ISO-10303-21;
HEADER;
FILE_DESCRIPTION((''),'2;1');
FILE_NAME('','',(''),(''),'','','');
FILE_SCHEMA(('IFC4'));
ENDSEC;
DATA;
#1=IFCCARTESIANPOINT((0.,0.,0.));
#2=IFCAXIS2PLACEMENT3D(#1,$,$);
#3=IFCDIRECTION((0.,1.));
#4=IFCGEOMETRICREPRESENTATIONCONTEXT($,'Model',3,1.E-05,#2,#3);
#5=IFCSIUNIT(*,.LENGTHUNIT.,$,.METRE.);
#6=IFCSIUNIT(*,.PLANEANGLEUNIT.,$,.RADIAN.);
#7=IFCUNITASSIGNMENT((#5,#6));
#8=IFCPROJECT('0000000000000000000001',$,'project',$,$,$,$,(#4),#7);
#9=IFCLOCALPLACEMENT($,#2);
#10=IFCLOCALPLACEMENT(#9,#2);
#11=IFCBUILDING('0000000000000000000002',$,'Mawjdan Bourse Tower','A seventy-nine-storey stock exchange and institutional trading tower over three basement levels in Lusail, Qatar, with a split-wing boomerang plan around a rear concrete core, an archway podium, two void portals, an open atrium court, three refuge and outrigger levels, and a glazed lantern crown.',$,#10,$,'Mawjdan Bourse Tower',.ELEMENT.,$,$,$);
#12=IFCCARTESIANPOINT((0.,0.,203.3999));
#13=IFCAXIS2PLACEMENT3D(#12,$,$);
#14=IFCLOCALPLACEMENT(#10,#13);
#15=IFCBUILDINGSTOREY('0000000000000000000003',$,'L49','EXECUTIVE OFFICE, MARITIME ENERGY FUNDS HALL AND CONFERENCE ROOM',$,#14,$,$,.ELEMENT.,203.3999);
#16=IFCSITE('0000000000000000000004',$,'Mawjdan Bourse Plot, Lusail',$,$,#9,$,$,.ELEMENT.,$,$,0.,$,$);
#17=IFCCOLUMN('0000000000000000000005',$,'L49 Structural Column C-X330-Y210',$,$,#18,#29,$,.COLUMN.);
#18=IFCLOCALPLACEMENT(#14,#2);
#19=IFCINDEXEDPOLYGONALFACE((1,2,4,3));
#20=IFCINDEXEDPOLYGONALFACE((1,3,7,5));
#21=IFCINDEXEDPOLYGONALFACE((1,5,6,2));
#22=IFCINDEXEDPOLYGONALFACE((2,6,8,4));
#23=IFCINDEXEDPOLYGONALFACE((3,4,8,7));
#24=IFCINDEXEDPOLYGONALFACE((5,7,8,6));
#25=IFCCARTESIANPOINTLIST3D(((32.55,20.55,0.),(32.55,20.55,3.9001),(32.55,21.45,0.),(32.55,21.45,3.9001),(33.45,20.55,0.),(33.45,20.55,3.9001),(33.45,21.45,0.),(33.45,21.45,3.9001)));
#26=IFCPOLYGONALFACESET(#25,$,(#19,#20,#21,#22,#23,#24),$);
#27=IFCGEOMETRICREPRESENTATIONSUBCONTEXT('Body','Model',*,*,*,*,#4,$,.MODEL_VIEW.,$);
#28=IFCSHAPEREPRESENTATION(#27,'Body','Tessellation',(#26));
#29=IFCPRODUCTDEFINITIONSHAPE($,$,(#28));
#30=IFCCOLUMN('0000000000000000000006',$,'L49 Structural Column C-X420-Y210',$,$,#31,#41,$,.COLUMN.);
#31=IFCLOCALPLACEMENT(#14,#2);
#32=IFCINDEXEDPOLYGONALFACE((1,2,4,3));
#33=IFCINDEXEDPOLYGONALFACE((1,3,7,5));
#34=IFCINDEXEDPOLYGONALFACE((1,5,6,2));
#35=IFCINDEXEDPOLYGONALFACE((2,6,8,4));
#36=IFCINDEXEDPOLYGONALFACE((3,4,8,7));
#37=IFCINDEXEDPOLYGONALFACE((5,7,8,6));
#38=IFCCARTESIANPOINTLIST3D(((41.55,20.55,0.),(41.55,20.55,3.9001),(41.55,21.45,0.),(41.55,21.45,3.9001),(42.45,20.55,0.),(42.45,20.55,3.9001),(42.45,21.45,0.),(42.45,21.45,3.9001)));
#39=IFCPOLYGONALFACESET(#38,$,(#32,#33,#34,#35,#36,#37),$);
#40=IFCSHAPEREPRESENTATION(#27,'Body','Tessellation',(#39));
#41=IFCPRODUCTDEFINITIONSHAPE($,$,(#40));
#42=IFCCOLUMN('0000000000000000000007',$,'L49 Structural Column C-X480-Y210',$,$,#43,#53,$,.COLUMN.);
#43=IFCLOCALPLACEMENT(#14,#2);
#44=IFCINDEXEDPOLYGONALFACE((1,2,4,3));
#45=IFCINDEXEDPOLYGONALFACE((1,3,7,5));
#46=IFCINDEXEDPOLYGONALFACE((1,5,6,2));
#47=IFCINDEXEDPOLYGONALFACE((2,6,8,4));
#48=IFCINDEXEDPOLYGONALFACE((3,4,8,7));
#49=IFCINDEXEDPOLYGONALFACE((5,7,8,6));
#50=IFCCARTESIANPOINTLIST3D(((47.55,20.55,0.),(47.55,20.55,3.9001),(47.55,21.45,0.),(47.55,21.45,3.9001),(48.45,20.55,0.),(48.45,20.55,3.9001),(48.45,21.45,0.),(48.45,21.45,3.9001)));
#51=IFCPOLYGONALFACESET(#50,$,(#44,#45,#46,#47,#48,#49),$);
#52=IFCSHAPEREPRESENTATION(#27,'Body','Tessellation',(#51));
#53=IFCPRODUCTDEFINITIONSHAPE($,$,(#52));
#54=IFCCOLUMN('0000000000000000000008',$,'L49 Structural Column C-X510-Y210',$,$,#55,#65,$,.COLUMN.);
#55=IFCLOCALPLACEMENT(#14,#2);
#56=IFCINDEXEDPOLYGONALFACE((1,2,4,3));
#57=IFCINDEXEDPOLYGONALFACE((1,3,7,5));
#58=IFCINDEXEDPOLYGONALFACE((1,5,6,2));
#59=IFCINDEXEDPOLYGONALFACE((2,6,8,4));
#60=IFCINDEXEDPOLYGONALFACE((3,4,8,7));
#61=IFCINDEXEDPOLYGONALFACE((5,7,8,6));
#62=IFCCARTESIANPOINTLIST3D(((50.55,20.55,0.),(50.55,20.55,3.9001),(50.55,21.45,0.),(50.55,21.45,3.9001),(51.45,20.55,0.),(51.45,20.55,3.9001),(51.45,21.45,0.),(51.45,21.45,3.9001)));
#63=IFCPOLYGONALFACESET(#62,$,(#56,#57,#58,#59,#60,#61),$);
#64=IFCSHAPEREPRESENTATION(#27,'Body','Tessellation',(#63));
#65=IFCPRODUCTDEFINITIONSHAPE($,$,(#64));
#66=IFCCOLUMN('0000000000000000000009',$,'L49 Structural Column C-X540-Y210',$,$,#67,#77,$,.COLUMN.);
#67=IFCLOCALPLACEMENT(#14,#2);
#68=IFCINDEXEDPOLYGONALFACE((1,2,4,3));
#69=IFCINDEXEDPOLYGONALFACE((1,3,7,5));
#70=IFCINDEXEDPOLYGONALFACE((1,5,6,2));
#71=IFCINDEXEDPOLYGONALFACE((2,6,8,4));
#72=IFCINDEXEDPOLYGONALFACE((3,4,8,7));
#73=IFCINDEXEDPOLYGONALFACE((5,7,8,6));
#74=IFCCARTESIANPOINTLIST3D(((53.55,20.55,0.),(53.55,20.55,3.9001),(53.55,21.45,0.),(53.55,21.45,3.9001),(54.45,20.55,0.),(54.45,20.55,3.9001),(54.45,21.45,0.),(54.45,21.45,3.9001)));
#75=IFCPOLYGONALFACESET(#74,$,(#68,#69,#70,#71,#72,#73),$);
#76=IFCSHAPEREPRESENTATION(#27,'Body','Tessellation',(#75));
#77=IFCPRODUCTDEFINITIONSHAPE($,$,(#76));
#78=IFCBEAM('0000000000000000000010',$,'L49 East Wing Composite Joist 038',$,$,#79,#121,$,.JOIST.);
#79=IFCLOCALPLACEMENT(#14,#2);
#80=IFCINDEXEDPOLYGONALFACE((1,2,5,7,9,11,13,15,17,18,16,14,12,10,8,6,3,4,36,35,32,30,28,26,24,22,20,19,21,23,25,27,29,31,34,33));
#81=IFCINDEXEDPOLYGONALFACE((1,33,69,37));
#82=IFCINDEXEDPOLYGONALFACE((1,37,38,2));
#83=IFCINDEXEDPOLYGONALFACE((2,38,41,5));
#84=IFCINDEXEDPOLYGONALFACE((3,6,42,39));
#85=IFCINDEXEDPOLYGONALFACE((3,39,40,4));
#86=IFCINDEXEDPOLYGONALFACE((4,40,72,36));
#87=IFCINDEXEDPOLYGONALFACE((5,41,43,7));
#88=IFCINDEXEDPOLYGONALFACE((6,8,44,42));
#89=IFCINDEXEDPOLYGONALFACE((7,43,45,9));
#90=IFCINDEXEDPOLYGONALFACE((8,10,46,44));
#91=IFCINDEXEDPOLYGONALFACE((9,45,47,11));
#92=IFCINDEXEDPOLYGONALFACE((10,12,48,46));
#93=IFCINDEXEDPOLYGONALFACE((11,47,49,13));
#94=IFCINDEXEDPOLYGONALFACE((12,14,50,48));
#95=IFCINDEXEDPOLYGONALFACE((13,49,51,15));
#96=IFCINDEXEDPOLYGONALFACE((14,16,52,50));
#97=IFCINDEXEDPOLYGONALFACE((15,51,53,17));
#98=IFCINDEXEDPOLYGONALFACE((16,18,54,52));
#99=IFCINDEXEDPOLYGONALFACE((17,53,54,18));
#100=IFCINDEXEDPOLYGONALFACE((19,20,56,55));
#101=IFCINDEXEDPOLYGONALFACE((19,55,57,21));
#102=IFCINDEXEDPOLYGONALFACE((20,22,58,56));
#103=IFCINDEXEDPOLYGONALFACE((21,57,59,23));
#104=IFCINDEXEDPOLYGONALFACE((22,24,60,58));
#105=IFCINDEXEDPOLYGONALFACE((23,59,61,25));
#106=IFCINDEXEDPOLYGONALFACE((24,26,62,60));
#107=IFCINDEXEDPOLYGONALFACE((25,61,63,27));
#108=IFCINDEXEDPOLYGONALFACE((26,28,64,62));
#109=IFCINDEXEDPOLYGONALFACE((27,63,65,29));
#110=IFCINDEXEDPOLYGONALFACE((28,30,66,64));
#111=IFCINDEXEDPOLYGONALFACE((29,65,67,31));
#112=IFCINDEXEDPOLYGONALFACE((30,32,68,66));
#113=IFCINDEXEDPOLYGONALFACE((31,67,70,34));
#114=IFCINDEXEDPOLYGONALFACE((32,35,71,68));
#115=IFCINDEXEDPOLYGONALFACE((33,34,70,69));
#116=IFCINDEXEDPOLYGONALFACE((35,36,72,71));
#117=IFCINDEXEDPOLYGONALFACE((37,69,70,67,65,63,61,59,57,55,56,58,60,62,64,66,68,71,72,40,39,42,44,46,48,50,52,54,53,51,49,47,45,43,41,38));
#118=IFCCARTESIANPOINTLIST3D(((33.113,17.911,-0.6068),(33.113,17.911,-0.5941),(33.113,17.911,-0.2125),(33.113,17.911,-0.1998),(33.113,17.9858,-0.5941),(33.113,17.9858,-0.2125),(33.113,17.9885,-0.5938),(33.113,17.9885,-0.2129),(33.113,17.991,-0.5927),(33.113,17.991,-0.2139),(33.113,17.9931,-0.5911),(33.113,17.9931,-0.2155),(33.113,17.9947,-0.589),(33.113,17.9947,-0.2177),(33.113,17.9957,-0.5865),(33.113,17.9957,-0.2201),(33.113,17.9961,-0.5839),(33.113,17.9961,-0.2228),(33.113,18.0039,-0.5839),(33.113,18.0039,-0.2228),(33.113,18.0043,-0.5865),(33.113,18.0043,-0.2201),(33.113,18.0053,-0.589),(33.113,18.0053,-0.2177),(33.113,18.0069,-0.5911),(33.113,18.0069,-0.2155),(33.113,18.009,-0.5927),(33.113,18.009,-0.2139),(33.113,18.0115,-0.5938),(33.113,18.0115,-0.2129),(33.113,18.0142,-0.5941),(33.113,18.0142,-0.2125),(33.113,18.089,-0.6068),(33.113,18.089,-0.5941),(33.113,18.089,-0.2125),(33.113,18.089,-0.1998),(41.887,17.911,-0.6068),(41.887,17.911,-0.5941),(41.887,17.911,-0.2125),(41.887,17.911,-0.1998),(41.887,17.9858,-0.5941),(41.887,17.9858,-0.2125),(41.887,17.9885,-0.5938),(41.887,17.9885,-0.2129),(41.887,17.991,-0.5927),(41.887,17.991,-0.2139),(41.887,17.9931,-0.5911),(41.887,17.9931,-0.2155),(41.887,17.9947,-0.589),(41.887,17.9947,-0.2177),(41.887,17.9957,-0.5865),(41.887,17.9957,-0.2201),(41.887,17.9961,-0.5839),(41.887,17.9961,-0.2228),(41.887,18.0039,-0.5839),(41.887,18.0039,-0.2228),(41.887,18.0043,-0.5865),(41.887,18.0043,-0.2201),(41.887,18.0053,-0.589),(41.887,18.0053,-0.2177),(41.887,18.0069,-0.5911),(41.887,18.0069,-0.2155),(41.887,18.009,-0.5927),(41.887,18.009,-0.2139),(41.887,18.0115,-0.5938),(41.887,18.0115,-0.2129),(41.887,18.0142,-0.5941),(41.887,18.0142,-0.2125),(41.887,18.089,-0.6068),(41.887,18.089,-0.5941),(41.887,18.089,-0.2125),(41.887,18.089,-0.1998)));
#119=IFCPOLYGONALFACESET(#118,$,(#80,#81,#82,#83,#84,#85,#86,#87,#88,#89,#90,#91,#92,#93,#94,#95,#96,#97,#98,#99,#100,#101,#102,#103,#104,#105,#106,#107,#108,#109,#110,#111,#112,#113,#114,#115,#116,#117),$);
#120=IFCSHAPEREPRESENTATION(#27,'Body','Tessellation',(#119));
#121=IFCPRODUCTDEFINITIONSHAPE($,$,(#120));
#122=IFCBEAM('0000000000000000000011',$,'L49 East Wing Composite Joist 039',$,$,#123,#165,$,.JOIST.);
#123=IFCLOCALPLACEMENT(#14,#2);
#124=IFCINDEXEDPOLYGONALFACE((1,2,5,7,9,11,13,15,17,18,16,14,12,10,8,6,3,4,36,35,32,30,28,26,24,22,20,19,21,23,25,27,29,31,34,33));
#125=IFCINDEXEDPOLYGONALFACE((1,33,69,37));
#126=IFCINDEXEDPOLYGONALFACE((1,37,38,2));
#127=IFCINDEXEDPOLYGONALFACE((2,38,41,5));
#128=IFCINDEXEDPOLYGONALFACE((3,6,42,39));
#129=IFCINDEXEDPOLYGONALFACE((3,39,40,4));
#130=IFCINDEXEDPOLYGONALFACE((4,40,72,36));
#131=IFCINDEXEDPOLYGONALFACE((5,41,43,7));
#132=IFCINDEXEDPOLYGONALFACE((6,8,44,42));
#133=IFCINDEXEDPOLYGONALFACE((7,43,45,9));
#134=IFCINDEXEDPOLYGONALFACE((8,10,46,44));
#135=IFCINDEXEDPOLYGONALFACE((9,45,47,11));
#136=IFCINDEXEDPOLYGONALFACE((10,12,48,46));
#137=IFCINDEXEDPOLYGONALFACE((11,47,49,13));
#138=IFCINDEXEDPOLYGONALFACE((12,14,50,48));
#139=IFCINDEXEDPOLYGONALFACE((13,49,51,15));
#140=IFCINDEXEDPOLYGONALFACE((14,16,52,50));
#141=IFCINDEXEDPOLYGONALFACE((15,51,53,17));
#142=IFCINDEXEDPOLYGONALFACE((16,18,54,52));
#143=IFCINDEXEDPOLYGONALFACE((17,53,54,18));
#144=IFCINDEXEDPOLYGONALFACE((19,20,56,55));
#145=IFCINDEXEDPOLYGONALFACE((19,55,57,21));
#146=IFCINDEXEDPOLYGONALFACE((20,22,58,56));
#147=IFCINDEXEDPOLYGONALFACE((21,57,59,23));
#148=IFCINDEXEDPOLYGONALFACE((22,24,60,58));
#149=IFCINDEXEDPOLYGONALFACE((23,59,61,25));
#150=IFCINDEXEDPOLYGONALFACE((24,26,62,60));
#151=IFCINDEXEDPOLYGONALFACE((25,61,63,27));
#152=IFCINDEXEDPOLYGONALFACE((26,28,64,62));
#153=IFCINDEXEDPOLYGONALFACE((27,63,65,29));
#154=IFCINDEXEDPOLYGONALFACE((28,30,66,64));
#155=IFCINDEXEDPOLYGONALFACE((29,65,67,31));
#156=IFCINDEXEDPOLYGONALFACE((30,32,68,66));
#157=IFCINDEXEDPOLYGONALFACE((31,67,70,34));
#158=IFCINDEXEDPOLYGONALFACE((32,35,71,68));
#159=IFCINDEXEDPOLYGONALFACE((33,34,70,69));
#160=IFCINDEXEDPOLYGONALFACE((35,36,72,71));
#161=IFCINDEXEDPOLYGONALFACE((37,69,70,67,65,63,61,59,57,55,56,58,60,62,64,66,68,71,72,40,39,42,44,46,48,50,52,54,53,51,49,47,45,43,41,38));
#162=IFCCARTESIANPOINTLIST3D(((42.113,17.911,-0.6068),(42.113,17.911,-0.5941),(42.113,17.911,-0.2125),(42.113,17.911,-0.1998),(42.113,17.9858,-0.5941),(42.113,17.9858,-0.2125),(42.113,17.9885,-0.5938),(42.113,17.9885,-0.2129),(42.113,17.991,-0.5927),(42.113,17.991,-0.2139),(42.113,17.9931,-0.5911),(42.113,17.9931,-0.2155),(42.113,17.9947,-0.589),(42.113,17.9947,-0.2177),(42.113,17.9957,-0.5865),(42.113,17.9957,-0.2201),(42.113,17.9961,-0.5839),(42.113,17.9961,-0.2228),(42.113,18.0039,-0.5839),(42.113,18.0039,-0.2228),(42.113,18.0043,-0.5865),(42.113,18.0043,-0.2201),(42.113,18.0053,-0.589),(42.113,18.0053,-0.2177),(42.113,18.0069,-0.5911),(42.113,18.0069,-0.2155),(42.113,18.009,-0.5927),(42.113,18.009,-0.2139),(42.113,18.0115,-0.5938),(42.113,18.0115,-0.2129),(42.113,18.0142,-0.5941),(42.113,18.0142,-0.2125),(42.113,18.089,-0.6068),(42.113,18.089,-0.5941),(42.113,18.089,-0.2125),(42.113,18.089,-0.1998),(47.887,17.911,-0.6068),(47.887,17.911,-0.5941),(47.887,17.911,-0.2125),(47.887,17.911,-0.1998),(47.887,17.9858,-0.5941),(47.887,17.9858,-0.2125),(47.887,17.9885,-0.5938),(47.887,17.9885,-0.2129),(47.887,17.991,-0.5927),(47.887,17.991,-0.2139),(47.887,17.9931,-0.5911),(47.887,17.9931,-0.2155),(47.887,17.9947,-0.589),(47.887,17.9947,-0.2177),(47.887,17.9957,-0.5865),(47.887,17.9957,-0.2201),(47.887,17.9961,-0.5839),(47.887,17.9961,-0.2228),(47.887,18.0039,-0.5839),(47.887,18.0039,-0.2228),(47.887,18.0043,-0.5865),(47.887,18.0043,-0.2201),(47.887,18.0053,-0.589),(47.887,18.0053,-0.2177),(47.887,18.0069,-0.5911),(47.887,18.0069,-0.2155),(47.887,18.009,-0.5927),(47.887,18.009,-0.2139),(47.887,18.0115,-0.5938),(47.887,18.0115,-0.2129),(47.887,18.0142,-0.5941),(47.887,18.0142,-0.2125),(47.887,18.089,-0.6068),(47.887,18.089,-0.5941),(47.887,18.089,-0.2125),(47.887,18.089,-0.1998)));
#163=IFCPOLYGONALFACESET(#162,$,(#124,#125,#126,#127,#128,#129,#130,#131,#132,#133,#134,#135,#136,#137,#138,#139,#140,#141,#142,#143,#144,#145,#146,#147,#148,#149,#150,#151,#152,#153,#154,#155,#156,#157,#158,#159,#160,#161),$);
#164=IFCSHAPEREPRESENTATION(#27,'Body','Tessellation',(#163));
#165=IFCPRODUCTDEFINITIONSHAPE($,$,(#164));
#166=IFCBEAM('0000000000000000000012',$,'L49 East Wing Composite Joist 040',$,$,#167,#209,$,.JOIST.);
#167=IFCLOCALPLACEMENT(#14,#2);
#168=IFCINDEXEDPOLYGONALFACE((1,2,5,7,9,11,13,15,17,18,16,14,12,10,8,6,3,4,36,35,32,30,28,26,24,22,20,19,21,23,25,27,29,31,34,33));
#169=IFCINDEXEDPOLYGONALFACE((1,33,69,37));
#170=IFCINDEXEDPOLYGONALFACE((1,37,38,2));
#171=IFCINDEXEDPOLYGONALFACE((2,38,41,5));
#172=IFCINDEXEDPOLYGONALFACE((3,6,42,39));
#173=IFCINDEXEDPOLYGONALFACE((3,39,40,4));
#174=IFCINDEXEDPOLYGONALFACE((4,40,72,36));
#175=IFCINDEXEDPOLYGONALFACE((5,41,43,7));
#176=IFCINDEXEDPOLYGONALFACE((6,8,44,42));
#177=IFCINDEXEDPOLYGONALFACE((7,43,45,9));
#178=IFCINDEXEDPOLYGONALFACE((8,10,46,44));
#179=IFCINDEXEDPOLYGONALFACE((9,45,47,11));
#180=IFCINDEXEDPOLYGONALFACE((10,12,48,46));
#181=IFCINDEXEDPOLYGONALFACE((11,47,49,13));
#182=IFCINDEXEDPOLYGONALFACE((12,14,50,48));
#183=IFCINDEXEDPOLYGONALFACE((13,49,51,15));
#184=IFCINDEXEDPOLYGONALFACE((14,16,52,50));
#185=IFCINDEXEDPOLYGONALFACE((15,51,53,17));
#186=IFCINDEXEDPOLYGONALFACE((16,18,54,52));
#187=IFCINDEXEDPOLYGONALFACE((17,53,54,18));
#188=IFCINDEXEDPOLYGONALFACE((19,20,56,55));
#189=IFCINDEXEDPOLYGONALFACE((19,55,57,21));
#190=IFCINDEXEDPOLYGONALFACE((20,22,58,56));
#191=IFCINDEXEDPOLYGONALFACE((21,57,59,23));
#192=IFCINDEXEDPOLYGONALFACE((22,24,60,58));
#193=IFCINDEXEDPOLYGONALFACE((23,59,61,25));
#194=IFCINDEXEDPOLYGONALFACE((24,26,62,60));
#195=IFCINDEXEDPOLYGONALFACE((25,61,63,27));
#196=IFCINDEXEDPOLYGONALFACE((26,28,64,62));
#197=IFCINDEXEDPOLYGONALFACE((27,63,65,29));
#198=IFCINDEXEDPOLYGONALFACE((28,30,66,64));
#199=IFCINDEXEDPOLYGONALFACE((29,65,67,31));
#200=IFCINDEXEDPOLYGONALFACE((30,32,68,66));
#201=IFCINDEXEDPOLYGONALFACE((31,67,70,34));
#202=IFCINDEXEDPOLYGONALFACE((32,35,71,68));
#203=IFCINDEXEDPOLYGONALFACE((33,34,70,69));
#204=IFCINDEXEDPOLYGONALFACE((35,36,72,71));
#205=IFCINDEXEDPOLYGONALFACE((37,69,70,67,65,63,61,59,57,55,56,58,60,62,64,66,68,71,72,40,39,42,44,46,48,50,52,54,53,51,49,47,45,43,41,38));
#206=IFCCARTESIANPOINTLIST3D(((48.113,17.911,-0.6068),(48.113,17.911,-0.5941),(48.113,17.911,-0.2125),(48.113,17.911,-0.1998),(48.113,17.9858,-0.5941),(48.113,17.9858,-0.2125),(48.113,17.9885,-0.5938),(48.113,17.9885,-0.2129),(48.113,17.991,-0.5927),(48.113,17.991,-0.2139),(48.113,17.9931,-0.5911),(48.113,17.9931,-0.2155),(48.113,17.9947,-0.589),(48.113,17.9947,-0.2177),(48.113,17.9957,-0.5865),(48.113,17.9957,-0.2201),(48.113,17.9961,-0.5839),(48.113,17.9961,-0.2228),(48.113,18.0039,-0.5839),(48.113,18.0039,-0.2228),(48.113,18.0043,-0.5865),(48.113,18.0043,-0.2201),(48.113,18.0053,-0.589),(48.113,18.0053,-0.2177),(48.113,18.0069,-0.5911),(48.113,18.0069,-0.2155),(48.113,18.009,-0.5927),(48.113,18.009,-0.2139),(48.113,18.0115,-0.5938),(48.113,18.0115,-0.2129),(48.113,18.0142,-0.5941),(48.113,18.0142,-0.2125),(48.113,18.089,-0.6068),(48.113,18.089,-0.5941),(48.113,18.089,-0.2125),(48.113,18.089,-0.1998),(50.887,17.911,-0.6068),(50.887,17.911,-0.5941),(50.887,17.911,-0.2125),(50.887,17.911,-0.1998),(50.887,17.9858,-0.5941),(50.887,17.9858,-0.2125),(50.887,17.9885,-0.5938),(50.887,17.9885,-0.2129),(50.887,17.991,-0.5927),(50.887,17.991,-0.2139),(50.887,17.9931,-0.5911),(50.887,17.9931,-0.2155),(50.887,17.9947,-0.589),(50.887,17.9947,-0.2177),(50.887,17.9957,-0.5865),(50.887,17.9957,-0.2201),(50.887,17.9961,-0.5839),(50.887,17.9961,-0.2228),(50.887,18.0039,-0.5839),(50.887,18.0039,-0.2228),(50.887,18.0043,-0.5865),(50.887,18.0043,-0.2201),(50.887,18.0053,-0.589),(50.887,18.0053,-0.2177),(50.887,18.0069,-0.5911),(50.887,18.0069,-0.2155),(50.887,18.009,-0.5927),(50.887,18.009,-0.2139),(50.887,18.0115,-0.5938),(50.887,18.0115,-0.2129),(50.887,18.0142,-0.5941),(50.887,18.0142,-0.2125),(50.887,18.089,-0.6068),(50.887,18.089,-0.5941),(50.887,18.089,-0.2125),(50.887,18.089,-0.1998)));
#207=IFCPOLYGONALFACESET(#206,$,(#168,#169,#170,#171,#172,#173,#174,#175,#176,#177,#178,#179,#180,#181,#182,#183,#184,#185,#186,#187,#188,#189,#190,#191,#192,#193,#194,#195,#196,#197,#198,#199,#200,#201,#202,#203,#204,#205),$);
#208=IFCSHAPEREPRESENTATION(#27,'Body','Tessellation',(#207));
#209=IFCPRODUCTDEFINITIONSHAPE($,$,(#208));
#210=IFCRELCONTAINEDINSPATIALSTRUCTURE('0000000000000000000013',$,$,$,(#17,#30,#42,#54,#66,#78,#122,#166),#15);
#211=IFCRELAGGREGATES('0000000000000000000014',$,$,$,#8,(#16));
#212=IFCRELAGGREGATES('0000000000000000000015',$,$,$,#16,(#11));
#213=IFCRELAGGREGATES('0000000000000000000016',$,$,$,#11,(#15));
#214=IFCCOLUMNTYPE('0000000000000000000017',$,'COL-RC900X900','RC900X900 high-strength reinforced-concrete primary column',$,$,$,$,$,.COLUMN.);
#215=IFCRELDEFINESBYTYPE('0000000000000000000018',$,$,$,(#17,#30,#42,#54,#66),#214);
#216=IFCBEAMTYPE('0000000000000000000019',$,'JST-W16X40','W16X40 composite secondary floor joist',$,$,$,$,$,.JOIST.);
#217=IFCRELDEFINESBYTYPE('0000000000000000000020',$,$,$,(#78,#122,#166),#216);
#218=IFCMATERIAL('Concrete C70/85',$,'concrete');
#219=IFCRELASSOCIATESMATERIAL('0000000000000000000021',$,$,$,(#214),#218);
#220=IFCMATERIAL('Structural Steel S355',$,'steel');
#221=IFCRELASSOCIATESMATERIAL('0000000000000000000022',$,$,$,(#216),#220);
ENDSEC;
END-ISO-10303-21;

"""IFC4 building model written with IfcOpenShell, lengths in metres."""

from ifc_helpers import new_model, si_unit, direction, frame, origin, origin_2d, place, context, subcontext, project, spatial, rectangle, i_section, extrude, material, material_profile, profile_set, type_object, element, save


model = new_model("IFC4")

# Units and contexts
model_context = context("Model", 3, precision=1e-05, world=origin(), true_north=direction((0.0, 1.0)))
body_context = subcontext(model_context, "Body", "Model", "MODEL_VIEW")
ifc_project = project(units=[si_unit("LENGTHUNIT", "METRE"), si_unit("PLANEANGLEUNIT", "RADIAN")], contexts=[model_context])

# Site, building, storey
site_placement = place(None, origin())
site = spatial("IfcSite", under=ifc_project, at=site_placement, Name="Mawjdan Bourse Plot, Lusail", CompositionType="ELEMENT", RefElevation=0.0)
building_placement = place(site_placement, origin())
building = spatial("IfcBuilding", under=site, at=building_placement, Name="Mawjdan Bourse Tower", Description="A seventy-nine-storey stock exchange and institutional trading tower over three basement levels in Lusail, Qatar, with a split-wing boomerang plan around a rear concrete core, an archway podium, two void portals, an open atrium court, three refuge and outrigger levels, and a glazed lantern crown.", LongName="Mawjdan Bourse Tower", CompositionType="ELEMENT")
storey_placement = place(building_placement, frame((0.0, 0.0, 203.3999)))
storey = spatial("IfcBuildingStorey", under=building, at=storey_placement, Name="L49", Description="EXECUTIVE OFFICE, MARITIME ENERGY FUNDS HALL AND CONFERENCE ROOM", CompositionType="ELEMENT", Elevation=203.3999)

# Columns
ifc_material_1 = material(Name="Concrete C70/85", Category="concrete")
ifc_material_profile_1 = material_profile(ifc_material_1, rectangle(XDim=0.8999, YDim=0.8999, at=origin_2d()), Name="RC900X900")
ifc_profile_set_1 = profile_set([ifc_material_profile_1], Name="Concrete C70/85")
column_type = type_object("IfcColumnType", Name="COL-RC900X900", Description="RC900X900 high-strength reinforced-concrete primary column", PredefinedType="COLUMN", material=ifc_profile_set_1)
for number, where, z_axis, x_axis, name in (
    (1, (33.0, 21.0, 0.0), (0.0, 0.0, 1.0), (1.0, 0.0, 0.0), "L49 Structural Column C-X330-Y210"),
    (2, (42.0, 21.0, 0.0), (0.0, 0.0, 1.0), (1.0, 0.0, 0.0), "L49 Structural Column C-X420-Y210"),
    (3, (48.0, 21.0, 0.0), (0.0, 0.0, 1.0), (1.0, 0.0, 0.0), "L49 Structural Column C-X480-Y210"),
    (4, (51.0, 21.0, 0.0), (0.0, 0.0, 1.0), (1.0, 0.0, 0.0), "L49 Structural Column C-X510-Y210"),
    (5, (54.0, 21.0, 0.0), (0.0, 0.0, 1.0), (1.0, 0.0, 0.0), "L49 Structural Column C-X540-Y210"),
):
    element("IfcColumn", number, at=place(storey_placement, frame(where, z_axis=z_axis, x_axis=x_axis)), inside=storey, type_object=column_type, Name=name, PredefinedType="COLUMN", context=body_context, shape_type="SweptSolid", body=[
        extrude(rectangle(XDim=0.8999, YDim=0.8999, at=origin_2d()), origin(), (0.0, 0.0, 1.0), 3.9001),
    ])

# Beams
ifc_material_2 = material(Name="Structural Steel S355", Category="steel")
ifc_material_profile_2 = material_profile(ifc_material_2, i_section(OverallWidth=0.178, OverallDepth=0.407, WebThickness=0.0078, FlangeThickness=0.0127, FilletRadius=0.0103, at=origin_2d()), Name="W16X40")
ifc_profile_set_2 = profile_set([ifc_material_profile_2], Name="Structural Steel S355")
beam_type_1 = type_object("IfcBeamType", Name="JST-W16X40", Description="W16X40 composite secondary floor joist", PredefinedType="JOIST", material=ifc_profile_set_2)
beam_1_placement = place(storey_placement, frame((33.113, 18.0, -0.4033), z_axis=(1.0, 0.0, 0.0), x_axis=(0.0, 1.0, 0.0)))
element("IfcBeam", 6, at=beam_1_placement, inside=storey, type_object=beam_type_1, Name="L49 East Wing Composite Joist 038", PredefinedType="JOIST", context=body_context, shape_type="SweptSolid", body=[
    extrude(i_section(OverallWidth=0.178, OverallDepth=0.407, WebThickness=0.0078, FlangeThickness=0.0127, FilletRadius=0.0103, at=origin_2d()), origin(), (0.0, 0.0, 1.0), 8.7739),
])
beam_2_placement = place(storey_placement, frame((42.113, 18.0, -0.4033), z_axis=(1.0, 0.0, 0.0), x_axis=(0.0, 1.0, 0.0)))
element("IfcBeam", 7, at=beam_2_placement, inside=storey, type_object=beam_type_1, Name="L49 East Wing Composite Joist 039", PredefinedType="JOIST", context=body_context, shape_type="SweptSolid", body=[
    extrude(i_section(OverallWidth=0.178, OverallDepth=0.407, WebThickness=0.0078, FlangeThickness=0.0127, FilletRadius=0.0103, at=origin_2d()), origin(), (0.0, 0.0, 1.0), 5.7739),
])
for number, where, z_axis, x_axis, name in (
    (8, (48.113, 18.0, -0.4033), (1.0, 0.0, 0.0), (0.0, 1.0, 0.0), "L49 East Wing Composite Joist 040"),
):
    element("IfcBeam", number, at=place(storey_placement, frame(where, z_axis=z_axis, x_axis=x_axis)), inside=storey, type_object=beam_type_1, Name=name, PredefinedType="JOIST", context=body_context, shape_type="SweptSolid", body=[
        extrude(i_section(OverallWidth=0.178, OverallDepth=0.407, WebThickness=0.0078, FlangeThickness=0.0127, FilletRadius=0.0103, at=origin_2d()), origin(), (0.0, 0.0, 1.0), 2.7739),
    ])

save(model, "model.ifc")
